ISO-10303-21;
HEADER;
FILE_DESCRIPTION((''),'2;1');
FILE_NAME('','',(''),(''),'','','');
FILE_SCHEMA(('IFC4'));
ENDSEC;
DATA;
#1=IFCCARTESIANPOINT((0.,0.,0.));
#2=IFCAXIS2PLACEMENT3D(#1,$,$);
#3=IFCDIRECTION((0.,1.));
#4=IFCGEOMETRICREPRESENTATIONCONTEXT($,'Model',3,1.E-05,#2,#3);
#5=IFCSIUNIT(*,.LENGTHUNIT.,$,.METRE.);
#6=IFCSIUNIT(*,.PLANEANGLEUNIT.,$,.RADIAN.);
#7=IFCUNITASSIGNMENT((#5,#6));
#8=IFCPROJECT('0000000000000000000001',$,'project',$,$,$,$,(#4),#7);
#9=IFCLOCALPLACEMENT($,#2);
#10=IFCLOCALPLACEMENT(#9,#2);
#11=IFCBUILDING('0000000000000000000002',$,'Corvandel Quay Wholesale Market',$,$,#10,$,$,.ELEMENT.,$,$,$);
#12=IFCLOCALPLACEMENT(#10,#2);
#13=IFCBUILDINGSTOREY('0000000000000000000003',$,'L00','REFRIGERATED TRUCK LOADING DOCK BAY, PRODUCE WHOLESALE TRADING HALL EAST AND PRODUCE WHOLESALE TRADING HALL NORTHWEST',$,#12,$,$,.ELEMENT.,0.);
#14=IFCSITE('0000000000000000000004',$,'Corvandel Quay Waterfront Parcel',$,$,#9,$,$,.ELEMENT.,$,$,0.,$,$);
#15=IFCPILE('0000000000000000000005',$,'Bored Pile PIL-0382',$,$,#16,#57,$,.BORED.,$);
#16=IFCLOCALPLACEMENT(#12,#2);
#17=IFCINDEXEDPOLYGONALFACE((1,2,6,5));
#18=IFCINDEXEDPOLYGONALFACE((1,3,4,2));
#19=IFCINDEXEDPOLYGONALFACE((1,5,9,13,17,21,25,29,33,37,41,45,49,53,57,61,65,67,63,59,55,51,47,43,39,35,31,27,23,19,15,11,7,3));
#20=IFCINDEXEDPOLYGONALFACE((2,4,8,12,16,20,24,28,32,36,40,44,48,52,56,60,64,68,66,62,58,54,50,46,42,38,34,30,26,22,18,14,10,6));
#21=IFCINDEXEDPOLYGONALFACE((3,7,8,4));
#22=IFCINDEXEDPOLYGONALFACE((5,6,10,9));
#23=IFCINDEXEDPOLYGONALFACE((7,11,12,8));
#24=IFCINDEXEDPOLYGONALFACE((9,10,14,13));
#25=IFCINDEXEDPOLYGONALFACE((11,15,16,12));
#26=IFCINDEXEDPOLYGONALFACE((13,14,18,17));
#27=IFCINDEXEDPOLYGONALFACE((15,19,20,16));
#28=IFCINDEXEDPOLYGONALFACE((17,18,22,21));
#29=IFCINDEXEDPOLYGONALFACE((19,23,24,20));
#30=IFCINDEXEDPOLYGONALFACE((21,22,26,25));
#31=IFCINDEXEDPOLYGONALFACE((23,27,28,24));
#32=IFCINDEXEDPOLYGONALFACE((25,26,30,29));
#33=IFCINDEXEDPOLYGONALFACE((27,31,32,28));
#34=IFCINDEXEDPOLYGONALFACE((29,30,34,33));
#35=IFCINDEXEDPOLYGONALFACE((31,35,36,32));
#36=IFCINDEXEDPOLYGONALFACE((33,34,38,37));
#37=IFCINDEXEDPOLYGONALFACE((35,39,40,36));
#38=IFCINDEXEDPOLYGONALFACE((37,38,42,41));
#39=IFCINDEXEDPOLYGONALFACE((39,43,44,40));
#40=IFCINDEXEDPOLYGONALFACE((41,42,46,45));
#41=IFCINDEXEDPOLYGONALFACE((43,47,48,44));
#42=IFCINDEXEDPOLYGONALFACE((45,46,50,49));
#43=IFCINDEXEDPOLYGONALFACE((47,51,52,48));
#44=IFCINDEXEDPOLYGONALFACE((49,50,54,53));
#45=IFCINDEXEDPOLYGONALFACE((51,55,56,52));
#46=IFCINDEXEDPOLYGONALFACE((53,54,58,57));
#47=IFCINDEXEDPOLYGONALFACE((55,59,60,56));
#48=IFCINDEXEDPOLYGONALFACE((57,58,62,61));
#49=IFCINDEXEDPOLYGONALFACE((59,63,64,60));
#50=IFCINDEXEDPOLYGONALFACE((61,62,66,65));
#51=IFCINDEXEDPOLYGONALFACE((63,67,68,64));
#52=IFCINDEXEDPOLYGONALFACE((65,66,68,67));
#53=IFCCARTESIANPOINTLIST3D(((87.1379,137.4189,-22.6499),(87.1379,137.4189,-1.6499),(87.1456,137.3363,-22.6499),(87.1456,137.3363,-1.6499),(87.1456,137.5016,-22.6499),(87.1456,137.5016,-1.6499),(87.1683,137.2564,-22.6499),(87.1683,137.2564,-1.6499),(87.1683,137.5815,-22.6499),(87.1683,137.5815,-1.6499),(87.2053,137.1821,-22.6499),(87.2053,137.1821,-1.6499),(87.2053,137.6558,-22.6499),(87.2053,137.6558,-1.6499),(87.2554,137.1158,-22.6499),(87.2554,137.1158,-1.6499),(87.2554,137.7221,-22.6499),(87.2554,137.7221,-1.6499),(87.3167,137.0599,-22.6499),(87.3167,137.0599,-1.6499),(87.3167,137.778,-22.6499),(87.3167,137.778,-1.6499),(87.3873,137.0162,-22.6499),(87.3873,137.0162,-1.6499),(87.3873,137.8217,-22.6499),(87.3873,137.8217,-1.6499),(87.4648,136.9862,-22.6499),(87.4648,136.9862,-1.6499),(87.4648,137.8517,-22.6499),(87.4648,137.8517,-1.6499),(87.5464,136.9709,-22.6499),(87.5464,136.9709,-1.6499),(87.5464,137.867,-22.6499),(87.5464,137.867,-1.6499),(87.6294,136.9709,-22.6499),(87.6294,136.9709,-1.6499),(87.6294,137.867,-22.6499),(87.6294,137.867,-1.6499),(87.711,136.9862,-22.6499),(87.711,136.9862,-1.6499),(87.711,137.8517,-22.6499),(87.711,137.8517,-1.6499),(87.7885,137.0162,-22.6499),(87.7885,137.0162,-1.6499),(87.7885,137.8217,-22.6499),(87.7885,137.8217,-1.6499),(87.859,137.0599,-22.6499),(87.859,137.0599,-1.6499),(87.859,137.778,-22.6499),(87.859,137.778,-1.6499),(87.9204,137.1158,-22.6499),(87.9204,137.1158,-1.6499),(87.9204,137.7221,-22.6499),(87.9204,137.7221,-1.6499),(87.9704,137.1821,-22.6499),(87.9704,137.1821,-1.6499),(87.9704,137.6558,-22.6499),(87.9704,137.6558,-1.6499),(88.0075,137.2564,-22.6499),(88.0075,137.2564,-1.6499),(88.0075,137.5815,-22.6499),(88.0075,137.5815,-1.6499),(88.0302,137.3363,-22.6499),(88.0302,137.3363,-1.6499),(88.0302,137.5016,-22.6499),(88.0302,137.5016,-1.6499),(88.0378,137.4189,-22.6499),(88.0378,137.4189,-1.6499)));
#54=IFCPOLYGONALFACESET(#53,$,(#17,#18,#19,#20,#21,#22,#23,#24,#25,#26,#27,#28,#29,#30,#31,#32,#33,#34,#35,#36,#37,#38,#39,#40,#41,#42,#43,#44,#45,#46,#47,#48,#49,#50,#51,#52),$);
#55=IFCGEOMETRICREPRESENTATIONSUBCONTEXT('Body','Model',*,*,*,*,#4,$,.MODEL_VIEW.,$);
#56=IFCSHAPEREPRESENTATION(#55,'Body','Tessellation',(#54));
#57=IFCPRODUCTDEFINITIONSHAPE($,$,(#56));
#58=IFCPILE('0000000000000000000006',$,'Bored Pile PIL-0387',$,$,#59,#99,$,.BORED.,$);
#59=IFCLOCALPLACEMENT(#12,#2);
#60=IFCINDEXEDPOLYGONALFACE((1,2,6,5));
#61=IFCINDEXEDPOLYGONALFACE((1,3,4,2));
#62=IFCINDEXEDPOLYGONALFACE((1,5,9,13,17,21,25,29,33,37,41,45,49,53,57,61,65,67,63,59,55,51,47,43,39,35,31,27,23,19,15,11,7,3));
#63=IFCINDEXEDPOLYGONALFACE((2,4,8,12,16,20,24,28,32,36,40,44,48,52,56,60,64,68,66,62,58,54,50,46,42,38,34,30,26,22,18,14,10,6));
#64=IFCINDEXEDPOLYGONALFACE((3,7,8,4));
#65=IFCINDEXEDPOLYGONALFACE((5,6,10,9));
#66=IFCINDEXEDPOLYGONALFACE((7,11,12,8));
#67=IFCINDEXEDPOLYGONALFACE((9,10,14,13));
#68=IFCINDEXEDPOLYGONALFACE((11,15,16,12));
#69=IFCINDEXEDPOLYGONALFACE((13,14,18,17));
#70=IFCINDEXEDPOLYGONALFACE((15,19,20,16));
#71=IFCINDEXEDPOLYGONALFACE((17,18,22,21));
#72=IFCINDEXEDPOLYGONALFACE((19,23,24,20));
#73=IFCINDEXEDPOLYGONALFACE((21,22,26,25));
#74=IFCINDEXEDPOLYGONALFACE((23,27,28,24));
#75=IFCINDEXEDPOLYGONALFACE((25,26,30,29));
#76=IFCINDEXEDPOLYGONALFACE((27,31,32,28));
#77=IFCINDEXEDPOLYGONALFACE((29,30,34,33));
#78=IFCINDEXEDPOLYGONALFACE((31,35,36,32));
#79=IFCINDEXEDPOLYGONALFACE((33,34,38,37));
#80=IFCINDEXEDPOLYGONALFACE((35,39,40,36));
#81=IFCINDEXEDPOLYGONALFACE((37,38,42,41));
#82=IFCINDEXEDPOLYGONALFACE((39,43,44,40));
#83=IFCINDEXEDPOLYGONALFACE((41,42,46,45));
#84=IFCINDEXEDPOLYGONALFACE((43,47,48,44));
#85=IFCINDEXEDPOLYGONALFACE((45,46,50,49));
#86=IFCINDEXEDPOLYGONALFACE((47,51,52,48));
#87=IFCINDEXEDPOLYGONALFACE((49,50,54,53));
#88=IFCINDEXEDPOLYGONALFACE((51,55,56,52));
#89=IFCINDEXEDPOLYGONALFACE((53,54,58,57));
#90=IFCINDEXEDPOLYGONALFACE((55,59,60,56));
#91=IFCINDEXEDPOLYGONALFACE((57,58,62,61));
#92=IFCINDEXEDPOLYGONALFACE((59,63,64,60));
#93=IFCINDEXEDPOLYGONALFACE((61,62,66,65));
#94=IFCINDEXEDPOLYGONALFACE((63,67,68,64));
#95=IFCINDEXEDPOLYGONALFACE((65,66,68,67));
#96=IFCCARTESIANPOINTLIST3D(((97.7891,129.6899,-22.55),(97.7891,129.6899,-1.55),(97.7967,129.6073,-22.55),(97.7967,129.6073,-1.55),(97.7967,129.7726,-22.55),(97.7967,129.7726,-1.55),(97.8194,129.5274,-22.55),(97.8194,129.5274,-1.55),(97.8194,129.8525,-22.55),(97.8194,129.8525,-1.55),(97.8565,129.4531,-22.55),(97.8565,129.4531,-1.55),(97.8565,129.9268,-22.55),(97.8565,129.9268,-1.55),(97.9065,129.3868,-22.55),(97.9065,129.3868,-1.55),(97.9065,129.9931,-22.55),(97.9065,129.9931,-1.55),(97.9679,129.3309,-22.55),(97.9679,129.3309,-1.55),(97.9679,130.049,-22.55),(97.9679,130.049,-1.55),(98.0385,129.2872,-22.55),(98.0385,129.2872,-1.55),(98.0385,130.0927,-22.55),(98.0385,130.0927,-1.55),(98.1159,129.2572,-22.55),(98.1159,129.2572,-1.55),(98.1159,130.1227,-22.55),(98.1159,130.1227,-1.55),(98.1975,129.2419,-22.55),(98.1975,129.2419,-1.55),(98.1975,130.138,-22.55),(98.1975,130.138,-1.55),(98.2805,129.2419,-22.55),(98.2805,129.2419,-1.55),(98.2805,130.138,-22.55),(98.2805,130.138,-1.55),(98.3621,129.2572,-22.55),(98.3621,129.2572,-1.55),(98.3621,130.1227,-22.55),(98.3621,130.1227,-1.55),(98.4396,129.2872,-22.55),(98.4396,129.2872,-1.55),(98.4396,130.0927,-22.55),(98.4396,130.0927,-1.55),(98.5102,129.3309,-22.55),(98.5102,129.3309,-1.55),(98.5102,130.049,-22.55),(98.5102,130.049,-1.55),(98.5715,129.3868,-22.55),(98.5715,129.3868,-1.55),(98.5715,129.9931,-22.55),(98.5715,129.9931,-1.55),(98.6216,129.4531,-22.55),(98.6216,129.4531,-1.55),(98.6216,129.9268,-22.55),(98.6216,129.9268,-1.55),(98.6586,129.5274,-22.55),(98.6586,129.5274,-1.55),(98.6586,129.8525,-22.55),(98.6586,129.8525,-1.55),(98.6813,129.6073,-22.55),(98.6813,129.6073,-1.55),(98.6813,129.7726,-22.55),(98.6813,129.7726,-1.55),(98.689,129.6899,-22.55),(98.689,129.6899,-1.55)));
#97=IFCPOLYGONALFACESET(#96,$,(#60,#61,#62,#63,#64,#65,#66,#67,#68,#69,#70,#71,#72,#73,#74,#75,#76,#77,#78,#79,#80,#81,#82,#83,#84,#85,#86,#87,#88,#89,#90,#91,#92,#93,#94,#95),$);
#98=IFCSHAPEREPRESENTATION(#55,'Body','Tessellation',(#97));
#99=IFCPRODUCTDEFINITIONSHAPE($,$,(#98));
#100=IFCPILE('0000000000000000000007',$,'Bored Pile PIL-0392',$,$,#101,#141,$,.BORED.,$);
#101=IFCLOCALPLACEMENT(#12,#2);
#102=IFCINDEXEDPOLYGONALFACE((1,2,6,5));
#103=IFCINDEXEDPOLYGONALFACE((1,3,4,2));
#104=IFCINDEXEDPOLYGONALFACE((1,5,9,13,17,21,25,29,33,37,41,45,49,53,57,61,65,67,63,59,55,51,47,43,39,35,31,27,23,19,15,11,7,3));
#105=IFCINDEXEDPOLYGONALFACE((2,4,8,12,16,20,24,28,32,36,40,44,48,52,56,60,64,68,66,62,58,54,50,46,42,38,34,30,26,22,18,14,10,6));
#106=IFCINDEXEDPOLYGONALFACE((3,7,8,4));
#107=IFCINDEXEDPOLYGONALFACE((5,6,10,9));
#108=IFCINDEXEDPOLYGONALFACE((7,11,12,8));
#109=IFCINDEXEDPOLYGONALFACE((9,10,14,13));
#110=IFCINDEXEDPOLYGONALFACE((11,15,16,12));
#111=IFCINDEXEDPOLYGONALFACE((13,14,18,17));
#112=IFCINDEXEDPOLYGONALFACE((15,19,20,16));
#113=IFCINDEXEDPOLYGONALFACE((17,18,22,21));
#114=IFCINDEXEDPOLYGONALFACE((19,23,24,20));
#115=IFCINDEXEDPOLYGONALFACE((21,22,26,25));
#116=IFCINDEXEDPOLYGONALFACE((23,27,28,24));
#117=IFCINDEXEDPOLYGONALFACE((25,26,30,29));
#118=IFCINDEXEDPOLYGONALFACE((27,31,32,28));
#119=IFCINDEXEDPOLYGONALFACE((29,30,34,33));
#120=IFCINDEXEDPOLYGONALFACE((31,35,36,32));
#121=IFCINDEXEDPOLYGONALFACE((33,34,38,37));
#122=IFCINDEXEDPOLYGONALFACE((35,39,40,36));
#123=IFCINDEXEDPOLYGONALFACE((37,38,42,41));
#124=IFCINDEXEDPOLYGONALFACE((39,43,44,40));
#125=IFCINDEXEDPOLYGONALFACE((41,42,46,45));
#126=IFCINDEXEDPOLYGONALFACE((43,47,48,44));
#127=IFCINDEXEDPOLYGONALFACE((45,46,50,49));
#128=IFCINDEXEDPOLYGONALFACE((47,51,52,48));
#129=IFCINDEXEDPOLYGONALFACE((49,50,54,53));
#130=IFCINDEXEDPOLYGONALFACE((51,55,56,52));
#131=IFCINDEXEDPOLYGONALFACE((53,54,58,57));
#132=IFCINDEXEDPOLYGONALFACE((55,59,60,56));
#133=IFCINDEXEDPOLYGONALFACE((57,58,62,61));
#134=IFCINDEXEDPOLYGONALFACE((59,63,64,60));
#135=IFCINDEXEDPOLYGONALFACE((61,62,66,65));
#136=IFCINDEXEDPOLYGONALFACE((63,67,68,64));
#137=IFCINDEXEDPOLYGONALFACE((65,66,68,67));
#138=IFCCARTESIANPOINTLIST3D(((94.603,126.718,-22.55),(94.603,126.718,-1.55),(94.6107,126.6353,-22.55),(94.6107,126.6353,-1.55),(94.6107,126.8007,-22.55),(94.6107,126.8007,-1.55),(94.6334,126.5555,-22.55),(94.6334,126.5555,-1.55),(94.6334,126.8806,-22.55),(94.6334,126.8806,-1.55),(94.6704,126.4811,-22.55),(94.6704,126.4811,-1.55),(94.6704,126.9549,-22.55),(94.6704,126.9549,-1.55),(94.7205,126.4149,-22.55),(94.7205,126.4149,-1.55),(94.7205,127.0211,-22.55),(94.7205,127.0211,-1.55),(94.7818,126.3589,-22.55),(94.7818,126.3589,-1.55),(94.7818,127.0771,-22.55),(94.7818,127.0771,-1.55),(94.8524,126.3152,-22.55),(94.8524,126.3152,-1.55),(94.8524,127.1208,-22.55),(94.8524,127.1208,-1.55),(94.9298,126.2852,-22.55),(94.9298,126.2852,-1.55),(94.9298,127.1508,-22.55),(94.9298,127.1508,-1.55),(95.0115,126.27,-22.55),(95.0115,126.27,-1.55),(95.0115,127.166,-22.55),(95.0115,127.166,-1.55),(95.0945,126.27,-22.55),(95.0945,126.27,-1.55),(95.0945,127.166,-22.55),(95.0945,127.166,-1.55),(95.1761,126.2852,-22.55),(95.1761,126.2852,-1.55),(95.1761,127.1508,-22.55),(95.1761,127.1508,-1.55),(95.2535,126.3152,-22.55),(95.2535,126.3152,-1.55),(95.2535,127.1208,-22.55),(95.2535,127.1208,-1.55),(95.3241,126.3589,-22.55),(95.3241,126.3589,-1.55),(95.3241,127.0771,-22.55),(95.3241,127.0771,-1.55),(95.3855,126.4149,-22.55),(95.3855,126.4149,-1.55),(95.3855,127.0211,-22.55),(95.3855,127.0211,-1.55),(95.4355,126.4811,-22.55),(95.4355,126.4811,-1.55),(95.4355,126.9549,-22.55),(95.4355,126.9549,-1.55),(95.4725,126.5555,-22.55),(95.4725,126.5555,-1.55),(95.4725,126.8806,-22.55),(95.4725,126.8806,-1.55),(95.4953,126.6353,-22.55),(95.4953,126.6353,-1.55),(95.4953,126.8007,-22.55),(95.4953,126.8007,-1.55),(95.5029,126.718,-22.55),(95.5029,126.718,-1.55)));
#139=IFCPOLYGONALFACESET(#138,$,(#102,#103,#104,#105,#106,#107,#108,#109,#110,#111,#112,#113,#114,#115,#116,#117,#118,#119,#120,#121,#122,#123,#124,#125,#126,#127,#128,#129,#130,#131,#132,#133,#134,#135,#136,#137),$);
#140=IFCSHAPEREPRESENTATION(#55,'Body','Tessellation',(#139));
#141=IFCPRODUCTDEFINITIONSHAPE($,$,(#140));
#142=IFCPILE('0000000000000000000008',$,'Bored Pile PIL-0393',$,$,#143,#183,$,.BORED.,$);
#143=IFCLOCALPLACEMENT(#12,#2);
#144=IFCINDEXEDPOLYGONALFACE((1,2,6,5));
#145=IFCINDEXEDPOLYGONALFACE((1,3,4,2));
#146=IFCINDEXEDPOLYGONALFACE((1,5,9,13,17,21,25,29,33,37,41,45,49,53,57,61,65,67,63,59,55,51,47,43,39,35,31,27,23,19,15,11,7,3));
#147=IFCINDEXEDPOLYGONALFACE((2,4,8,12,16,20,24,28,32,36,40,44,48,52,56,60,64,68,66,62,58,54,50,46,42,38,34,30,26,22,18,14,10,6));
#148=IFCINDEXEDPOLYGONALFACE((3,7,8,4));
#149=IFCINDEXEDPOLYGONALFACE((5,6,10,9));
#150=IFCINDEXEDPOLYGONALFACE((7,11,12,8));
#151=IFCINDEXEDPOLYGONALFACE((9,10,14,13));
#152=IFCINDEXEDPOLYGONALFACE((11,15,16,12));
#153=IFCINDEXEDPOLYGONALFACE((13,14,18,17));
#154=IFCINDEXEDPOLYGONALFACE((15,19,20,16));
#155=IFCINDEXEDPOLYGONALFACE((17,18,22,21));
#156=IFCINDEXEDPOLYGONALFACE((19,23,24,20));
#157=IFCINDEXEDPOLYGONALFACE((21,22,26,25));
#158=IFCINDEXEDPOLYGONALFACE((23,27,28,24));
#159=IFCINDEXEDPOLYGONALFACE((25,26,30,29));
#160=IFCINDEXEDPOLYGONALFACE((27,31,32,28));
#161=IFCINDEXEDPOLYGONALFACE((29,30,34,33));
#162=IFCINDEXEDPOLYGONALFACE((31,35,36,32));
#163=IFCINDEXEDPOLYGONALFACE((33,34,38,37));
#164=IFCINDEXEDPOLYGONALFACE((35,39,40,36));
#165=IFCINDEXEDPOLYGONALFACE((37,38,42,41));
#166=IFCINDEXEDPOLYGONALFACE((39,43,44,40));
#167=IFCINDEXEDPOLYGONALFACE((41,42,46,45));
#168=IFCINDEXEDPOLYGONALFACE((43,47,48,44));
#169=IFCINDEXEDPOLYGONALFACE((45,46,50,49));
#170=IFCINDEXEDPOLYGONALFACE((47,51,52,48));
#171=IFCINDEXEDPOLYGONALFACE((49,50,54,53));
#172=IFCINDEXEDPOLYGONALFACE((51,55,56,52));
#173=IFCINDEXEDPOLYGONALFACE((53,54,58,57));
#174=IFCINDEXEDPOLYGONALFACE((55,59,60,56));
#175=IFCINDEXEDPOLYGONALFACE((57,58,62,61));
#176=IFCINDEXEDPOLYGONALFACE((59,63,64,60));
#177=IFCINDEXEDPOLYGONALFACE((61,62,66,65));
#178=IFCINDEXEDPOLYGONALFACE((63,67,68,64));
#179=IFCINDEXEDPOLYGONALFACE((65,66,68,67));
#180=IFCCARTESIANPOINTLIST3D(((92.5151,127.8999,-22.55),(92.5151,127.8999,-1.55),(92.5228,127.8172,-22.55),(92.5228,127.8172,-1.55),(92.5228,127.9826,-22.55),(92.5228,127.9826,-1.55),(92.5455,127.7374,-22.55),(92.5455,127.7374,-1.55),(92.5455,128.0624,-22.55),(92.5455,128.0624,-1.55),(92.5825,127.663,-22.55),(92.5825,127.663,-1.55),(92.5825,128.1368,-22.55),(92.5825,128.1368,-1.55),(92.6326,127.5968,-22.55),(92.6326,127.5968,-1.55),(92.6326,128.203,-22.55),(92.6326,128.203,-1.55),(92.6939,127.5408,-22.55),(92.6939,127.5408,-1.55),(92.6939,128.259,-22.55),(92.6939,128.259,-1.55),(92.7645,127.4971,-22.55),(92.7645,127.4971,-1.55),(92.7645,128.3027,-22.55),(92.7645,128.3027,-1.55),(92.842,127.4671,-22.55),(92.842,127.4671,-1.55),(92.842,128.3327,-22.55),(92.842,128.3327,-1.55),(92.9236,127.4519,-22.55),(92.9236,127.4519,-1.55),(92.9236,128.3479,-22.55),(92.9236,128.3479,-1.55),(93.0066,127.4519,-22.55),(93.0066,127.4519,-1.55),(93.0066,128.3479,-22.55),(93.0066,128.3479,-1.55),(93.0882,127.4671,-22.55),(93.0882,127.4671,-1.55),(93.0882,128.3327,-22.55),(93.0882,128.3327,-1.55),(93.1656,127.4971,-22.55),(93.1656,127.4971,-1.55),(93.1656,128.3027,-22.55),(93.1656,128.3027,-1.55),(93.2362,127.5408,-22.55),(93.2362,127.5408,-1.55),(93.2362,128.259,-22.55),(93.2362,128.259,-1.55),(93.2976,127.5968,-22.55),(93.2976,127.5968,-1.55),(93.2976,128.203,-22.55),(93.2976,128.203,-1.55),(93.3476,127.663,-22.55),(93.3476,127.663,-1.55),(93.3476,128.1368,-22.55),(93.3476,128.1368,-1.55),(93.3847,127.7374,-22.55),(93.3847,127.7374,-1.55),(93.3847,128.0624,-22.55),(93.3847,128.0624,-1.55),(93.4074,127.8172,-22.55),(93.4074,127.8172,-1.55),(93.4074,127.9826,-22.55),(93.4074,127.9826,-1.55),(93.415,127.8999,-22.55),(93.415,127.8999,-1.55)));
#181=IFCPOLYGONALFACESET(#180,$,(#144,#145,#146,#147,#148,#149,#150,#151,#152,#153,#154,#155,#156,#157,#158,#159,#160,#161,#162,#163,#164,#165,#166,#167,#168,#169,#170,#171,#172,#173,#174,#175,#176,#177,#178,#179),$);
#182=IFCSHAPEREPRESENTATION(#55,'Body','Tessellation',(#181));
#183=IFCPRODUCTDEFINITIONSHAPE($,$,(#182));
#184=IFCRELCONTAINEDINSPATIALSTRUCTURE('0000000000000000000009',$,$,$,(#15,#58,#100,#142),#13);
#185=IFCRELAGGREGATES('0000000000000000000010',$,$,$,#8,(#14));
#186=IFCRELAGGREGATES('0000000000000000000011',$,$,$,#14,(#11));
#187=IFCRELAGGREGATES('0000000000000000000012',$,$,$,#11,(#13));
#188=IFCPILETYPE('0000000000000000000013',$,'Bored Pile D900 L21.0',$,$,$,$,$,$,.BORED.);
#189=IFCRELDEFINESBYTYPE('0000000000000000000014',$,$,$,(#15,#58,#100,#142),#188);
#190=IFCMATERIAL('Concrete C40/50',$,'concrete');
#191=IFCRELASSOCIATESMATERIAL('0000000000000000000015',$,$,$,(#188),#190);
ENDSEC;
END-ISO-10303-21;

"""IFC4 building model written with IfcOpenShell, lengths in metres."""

from ifc_helpers import new_model, si_unit, direction, frame, origin, origin_2d, place, context, subcontext, project, spatial, circle, extrude, material, material_profile, profile_set, type_object, element, save


model = new_model("IFC4")

# Units and contexts
model_context = context("Model", 3, precision=1e-05, world=origin(), true_north=direction((0.0, 1.0)))
body_context = subcontext(model_context, "Body", "Model", "MODEL_VIEW")
ifc_project = project(units=[si_unit("LENGTHUNIT", "METRE"), si_unit("PLANEANGLEUNIT", "RADIAN")], contexts=[model_context])

# Site, building, storey
site_placement = place(None, origin())
site = spatial("IfcSite", under=ifc_project, at=site_placement, Name="Corvandel Quay Waterfront Parcel", CompositionType="ELEMENT", RefElevation=0.0)
building_placement = place(site_placement, origin())
building = spatial("IfcBuilding", under=site, at=building_placement, Name="Corvandel Quay Wholesale Market", CompositionType="ELEMENT")
storey_placement = place(building_placement, origin())
storey = spatial("IfcBuildingStorey", under=building, at=storey_placement, Name="L00", Description="REFRIGERATED TRUCK LOADING DOCK BAY, PRODUCE WHOLESALE TRADING HALL EAST AND PRODUCE WHOLESALE TRADING HALL NORTHWEST", CompositionType="ELEMENT", Elevation=0.0)

# Piles
ifc_material_1 = material(Name="Concrete C40/50", Category="concrete")
ifc_material_profile_1 = material_profile(ifc_material_1, circle(Radius=0.45, at=origin_2d()), Name="RC-PILE-D900")
ifc_profile_set_1 = profile_set([ifc_material_profile_1], Name="Concrete C40/50")
pile_type = type_object("IfcPileType", Name="Bored Pile D900 L21.0", PredefinedType="BORED", material=ifc_profile_set_1)
for number, where, z_axis, x_axis, name in (
    (1, (87.5879, 137.4189, -1.6499), (0.0, 0.0, -1.0), (1.0, 0.0, 0.0), "Bored Pile PIL-0382"),
    (2, (98.239, 129.6899, -1.55), (0.0, 0.0, -1.0), (1.0, 0.0, 0.0), "Bored Pile PIL-0387"),
    (3, (95.053, 126.718, -1.55), (0.0, 0.0, -1.0), (1.0, 0.0, 0.0), "Bored Pile PIL-0392"),
    (4, (92.9651, 127.8999, -1.55), (0.0, 0.0, -1.0), (1.0, 0.0, 0.0), "Bored Pile PIL-0393"),
):
    element("IfcPile", number, at=place(storey_placement, frame(where, z_axis=z_axis, x_axis=x_axis)), inside=storey, type_object=pile_type, Name=name, PredefinedType="BORED", context=body_context, shape_type="SweptSolid", body=[
        extrude(circle(Radius=0.45, at=origin_2d()), origin(), (0.0, 0.0, 1.0), 21.0),
    ])

save(model, "model.ifc")
